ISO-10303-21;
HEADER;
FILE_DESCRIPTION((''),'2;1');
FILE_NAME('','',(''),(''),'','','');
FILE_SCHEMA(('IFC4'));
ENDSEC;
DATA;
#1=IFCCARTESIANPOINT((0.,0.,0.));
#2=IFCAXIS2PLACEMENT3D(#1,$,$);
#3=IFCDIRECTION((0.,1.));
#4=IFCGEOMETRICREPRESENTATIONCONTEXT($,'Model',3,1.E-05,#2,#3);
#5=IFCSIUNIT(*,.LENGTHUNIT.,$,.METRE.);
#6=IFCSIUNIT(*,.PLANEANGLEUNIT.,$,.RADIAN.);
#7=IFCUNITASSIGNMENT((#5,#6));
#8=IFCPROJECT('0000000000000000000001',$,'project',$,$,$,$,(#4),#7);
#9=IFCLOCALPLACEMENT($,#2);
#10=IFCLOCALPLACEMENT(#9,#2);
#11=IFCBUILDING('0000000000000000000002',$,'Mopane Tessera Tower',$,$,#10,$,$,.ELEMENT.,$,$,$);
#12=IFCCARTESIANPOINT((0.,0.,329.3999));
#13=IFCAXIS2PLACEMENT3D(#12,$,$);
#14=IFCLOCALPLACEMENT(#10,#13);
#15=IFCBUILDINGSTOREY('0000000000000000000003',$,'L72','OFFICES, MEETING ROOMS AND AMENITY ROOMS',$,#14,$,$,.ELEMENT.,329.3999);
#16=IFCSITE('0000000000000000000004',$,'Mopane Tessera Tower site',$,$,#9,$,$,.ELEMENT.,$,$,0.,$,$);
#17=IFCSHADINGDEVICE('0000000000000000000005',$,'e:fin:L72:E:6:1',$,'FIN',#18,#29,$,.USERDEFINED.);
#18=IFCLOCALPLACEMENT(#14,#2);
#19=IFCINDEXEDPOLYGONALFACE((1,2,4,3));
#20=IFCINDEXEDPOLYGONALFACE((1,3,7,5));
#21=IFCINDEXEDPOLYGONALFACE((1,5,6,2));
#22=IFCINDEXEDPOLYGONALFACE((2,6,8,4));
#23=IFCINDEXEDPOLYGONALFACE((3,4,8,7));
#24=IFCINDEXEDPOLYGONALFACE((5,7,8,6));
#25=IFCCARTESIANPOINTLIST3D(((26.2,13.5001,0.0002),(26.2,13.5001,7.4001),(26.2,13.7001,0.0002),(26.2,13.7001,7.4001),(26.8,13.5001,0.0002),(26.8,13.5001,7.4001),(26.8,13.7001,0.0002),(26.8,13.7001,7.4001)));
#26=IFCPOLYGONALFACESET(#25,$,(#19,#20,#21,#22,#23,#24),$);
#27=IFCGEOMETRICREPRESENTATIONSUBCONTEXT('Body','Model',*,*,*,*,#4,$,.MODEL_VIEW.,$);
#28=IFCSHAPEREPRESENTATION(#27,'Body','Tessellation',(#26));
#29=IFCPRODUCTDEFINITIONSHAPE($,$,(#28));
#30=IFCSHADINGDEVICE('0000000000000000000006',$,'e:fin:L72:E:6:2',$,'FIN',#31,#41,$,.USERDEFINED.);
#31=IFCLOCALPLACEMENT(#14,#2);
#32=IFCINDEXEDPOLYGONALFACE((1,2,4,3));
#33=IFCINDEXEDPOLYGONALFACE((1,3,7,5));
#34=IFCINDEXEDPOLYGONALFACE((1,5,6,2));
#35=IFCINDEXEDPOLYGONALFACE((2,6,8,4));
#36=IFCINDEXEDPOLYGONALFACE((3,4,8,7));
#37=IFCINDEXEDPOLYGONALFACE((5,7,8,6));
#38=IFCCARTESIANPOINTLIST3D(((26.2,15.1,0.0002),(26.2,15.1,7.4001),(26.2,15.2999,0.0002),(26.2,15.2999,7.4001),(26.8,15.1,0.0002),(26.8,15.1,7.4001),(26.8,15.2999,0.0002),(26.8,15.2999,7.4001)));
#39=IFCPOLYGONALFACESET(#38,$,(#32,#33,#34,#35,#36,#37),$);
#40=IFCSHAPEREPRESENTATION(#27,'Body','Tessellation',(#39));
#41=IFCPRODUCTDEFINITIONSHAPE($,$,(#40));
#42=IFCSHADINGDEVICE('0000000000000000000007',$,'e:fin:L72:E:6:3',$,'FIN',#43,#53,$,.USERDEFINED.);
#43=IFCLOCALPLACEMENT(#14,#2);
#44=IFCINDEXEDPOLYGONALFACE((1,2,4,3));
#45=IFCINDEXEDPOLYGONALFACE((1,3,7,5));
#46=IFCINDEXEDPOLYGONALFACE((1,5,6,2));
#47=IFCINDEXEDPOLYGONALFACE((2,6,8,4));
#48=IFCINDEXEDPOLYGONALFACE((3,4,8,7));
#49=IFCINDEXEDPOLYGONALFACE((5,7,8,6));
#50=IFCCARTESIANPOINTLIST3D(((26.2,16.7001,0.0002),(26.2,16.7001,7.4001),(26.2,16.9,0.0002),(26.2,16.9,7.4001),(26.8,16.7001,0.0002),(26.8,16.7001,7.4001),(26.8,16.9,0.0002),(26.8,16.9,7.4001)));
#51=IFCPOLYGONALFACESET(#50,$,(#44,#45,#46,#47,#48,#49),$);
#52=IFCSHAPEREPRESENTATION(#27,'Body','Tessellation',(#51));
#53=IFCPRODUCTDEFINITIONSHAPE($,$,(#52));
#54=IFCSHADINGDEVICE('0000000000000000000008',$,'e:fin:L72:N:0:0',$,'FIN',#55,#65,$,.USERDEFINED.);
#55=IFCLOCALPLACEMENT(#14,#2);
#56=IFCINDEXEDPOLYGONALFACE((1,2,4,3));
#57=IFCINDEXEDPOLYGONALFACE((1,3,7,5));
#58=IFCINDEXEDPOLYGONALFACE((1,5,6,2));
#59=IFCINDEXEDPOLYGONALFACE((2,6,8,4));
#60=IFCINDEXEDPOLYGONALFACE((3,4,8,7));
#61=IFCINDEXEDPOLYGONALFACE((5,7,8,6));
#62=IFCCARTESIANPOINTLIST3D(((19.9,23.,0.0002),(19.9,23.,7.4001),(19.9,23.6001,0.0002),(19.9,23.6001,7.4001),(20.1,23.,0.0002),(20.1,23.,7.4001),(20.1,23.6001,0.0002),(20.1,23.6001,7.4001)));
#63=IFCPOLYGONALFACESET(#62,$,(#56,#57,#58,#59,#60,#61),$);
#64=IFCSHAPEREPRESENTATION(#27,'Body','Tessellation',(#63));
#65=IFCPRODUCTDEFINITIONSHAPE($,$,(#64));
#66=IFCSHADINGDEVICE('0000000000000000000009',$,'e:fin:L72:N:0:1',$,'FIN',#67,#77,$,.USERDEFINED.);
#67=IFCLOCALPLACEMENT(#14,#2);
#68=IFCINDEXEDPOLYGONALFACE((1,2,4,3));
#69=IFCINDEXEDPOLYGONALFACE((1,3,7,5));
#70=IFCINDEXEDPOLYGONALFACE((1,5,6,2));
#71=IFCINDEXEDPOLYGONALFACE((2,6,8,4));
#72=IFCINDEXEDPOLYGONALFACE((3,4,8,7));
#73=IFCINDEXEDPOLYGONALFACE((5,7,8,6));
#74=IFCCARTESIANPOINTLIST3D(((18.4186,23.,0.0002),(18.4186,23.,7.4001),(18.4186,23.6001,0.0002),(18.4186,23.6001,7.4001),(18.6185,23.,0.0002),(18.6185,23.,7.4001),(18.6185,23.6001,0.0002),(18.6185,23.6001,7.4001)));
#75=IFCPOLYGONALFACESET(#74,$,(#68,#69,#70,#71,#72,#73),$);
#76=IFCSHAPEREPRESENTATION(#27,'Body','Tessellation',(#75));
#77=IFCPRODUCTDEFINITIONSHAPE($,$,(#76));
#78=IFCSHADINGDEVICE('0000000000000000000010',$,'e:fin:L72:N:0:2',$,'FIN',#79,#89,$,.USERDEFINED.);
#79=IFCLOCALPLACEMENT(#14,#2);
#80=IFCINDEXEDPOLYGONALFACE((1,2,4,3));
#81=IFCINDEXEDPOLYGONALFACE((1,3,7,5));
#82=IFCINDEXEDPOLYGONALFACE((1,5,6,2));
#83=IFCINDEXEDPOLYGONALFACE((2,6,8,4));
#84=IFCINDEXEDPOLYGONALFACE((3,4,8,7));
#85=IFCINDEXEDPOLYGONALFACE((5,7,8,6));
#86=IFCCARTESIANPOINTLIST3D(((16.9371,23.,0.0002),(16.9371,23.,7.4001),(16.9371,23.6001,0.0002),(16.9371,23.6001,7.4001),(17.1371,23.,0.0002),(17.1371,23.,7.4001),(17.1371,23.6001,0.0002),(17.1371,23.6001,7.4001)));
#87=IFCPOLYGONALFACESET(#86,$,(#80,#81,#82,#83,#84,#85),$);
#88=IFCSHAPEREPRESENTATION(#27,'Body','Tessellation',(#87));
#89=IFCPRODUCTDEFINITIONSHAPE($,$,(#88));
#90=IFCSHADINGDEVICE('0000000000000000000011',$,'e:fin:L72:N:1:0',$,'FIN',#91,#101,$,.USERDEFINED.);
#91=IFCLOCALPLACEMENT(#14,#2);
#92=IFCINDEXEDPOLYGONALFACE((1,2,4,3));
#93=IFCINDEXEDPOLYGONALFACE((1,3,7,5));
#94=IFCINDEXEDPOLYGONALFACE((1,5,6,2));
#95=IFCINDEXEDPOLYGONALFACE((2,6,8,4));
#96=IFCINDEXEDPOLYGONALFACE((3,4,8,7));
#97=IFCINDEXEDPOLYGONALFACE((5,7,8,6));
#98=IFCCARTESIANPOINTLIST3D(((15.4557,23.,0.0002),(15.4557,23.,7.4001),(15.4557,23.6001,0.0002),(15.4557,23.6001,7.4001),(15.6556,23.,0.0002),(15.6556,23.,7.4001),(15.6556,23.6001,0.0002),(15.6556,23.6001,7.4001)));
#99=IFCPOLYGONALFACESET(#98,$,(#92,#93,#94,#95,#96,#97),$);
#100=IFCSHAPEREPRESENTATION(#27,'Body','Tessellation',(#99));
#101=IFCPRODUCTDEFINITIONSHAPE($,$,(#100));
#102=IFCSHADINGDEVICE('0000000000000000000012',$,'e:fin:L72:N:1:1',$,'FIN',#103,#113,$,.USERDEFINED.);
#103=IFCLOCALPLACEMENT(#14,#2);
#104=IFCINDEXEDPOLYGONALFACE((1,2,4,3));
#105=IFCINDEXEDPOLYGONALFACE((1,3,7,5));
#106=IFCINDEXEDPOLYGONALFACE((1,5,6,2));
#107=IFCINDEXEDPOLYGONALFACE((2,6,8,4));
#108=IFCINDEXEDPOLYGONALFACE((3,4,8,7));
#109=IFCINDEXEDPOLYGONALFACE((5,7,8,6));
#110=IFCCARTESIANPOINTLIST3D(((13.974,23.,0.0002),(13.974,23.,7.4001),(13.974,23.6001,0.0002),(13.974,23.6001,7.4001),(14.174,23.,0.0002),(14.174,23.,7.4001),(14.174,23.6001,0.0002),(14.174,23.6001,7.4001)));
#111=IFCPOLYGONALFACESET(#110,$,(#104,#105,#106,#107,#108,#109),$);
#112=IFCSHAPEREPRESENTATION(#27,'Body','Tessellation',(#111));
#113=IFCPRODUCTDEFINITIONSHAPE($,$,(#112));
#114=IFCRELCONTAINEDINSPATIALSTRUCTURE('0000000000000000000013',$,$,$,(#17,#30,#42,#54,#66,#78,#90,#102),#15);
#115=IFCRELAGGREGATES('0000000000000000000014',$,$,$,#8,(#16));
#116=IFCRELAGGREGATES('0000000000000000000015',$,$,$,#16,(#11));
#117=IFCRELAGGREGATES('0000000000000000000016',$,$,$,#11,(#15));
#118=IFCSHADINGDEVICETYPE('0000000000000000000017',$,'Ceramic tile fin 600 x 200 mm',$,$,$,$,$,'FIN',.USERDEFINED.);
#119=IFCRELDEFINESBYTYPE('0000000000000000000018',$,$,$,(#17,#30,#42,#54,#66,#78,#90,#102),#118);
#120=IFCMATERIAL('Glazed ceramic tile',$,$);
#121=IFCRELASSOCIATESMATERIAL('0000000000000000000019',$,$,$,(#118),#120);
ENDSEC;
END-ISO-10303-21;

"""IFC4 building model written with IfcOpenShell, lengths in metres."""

from ifc_helpers import new_model, si_unit, direction, frame, origin, origin_2d, place, context, subcontext, project, spatial, rectangle, extrude, material, type_object, element, save


model = new_model("IFC4")

# Units and contexts
model_context = context("Model", 3, precision=1e-05, world=origin(), true_north=direction((0.0, 1.0)))
body_context = subcontext(model_context, "Body", "Model", "MODEL_VIEW")
ifc_project = project(units=[si_unit("LENGTHUNIT", "METRE"), si_unit("PLANEANGLEUNIT", "RADIAN")], contexts=[model_context])

# Site, building, storey
site_placement = place(None, origin())
site = spatial("IfcSite", under=ifc_project, at=site_placement, Name="Mopane Tessera Tower site", CompositionType="ELEMENT", RefElevation=0.0)
building_placement = place(site_placement, origin())
building = spatial("IfcBuilding", under=site, at=building_placement, Name="Mopane Tessera Tower", CompositionType="ELEMENT")
storey_placement = place(building_placement, frame((0.0, 0.0, 329.3999)))
storey = spatial("IfcBuildingStorey", under=building, at=storey_placement, Name="L72", Description="OFFICES, MEETING ROOMS AND AMENITY ROOMS", CompositionType="ELEMENT", Elevation=329.3999)

# Shading devices
ifc_material_1 = material(Name="Glazed ceramic tile")
shading_device_type = type_object("IfcShadingDeviceType", Name="Ceramic tile fin 600 x 200 mm", ElementType="FIN", PredefinedType="USERDEFINED", material=ifc_material_1)
for number, where, z_axis, x_axis, name in (
    (1, (26.5, 13.6001, 0.0002), (0.0, 0.0, 1.0), (0.0, 1.0, 0.0), "e:fin:L72:E:6:1"),
    (2, (26.5, 15.2, 0.0002), (0.0, 0.0, 1.0), (0.0, 1.0, 0.0), "e:fin:L72:E:6:2"),
    (3, (26.5, 16.8, 0.0002), (0.0, 0.0, 1.0), (0.0, 1.0, 0.0), "e:fin:L72:E:6:3"),
    (4, (20.0, 23.3, 0.0002), (0.0, 0.0, 1.0), (-1.0, 0.0, 0.0), "e:fin:L72:N:0:0"),
    (5, (18.5186, 23.3, 0.0002), (0.0, 0.0, 1.0), (-1.0, 0.0, 0.0), "e:fin:L72:N:0:1"),
    (6, (17.0371, 23.3, 0.0002), (0.0, 0.0, 1.0), (-1.0, 0.0, 0.0), "e:fin:L72:N:0:2"),
    (7, (15.5557, 23.3, 0.0002), (0.0, 0.0, 1.0), (-1.0, 0.0, 0.0), "e:fin:L72:N:1:0"),
    (8, (14.074, 23.3, 0.0002), (0.0, 0.0, 1.0), (-1.0, 0.0, 0.0), "e:fin:L72:N:1:1"),
):
    element("IfcShadingDevice", number, at=place(storey_placement, frame(where, z_axis=z_axis, x_axis=x_axis)), inside=storey, type_object=shading_device_type, Name=name, ObjectType="FIN", PredefinedType="USERDEFINED", context=body_context, shape_type="SweptSolid", body=[
        extrude(rectangle(XDim=0.2, YDim=0.6001, at=origin_2d()), origin(), (0.0, 0.0, 1.0), 7.3999),
    ])

save(model, "model.ifc")
